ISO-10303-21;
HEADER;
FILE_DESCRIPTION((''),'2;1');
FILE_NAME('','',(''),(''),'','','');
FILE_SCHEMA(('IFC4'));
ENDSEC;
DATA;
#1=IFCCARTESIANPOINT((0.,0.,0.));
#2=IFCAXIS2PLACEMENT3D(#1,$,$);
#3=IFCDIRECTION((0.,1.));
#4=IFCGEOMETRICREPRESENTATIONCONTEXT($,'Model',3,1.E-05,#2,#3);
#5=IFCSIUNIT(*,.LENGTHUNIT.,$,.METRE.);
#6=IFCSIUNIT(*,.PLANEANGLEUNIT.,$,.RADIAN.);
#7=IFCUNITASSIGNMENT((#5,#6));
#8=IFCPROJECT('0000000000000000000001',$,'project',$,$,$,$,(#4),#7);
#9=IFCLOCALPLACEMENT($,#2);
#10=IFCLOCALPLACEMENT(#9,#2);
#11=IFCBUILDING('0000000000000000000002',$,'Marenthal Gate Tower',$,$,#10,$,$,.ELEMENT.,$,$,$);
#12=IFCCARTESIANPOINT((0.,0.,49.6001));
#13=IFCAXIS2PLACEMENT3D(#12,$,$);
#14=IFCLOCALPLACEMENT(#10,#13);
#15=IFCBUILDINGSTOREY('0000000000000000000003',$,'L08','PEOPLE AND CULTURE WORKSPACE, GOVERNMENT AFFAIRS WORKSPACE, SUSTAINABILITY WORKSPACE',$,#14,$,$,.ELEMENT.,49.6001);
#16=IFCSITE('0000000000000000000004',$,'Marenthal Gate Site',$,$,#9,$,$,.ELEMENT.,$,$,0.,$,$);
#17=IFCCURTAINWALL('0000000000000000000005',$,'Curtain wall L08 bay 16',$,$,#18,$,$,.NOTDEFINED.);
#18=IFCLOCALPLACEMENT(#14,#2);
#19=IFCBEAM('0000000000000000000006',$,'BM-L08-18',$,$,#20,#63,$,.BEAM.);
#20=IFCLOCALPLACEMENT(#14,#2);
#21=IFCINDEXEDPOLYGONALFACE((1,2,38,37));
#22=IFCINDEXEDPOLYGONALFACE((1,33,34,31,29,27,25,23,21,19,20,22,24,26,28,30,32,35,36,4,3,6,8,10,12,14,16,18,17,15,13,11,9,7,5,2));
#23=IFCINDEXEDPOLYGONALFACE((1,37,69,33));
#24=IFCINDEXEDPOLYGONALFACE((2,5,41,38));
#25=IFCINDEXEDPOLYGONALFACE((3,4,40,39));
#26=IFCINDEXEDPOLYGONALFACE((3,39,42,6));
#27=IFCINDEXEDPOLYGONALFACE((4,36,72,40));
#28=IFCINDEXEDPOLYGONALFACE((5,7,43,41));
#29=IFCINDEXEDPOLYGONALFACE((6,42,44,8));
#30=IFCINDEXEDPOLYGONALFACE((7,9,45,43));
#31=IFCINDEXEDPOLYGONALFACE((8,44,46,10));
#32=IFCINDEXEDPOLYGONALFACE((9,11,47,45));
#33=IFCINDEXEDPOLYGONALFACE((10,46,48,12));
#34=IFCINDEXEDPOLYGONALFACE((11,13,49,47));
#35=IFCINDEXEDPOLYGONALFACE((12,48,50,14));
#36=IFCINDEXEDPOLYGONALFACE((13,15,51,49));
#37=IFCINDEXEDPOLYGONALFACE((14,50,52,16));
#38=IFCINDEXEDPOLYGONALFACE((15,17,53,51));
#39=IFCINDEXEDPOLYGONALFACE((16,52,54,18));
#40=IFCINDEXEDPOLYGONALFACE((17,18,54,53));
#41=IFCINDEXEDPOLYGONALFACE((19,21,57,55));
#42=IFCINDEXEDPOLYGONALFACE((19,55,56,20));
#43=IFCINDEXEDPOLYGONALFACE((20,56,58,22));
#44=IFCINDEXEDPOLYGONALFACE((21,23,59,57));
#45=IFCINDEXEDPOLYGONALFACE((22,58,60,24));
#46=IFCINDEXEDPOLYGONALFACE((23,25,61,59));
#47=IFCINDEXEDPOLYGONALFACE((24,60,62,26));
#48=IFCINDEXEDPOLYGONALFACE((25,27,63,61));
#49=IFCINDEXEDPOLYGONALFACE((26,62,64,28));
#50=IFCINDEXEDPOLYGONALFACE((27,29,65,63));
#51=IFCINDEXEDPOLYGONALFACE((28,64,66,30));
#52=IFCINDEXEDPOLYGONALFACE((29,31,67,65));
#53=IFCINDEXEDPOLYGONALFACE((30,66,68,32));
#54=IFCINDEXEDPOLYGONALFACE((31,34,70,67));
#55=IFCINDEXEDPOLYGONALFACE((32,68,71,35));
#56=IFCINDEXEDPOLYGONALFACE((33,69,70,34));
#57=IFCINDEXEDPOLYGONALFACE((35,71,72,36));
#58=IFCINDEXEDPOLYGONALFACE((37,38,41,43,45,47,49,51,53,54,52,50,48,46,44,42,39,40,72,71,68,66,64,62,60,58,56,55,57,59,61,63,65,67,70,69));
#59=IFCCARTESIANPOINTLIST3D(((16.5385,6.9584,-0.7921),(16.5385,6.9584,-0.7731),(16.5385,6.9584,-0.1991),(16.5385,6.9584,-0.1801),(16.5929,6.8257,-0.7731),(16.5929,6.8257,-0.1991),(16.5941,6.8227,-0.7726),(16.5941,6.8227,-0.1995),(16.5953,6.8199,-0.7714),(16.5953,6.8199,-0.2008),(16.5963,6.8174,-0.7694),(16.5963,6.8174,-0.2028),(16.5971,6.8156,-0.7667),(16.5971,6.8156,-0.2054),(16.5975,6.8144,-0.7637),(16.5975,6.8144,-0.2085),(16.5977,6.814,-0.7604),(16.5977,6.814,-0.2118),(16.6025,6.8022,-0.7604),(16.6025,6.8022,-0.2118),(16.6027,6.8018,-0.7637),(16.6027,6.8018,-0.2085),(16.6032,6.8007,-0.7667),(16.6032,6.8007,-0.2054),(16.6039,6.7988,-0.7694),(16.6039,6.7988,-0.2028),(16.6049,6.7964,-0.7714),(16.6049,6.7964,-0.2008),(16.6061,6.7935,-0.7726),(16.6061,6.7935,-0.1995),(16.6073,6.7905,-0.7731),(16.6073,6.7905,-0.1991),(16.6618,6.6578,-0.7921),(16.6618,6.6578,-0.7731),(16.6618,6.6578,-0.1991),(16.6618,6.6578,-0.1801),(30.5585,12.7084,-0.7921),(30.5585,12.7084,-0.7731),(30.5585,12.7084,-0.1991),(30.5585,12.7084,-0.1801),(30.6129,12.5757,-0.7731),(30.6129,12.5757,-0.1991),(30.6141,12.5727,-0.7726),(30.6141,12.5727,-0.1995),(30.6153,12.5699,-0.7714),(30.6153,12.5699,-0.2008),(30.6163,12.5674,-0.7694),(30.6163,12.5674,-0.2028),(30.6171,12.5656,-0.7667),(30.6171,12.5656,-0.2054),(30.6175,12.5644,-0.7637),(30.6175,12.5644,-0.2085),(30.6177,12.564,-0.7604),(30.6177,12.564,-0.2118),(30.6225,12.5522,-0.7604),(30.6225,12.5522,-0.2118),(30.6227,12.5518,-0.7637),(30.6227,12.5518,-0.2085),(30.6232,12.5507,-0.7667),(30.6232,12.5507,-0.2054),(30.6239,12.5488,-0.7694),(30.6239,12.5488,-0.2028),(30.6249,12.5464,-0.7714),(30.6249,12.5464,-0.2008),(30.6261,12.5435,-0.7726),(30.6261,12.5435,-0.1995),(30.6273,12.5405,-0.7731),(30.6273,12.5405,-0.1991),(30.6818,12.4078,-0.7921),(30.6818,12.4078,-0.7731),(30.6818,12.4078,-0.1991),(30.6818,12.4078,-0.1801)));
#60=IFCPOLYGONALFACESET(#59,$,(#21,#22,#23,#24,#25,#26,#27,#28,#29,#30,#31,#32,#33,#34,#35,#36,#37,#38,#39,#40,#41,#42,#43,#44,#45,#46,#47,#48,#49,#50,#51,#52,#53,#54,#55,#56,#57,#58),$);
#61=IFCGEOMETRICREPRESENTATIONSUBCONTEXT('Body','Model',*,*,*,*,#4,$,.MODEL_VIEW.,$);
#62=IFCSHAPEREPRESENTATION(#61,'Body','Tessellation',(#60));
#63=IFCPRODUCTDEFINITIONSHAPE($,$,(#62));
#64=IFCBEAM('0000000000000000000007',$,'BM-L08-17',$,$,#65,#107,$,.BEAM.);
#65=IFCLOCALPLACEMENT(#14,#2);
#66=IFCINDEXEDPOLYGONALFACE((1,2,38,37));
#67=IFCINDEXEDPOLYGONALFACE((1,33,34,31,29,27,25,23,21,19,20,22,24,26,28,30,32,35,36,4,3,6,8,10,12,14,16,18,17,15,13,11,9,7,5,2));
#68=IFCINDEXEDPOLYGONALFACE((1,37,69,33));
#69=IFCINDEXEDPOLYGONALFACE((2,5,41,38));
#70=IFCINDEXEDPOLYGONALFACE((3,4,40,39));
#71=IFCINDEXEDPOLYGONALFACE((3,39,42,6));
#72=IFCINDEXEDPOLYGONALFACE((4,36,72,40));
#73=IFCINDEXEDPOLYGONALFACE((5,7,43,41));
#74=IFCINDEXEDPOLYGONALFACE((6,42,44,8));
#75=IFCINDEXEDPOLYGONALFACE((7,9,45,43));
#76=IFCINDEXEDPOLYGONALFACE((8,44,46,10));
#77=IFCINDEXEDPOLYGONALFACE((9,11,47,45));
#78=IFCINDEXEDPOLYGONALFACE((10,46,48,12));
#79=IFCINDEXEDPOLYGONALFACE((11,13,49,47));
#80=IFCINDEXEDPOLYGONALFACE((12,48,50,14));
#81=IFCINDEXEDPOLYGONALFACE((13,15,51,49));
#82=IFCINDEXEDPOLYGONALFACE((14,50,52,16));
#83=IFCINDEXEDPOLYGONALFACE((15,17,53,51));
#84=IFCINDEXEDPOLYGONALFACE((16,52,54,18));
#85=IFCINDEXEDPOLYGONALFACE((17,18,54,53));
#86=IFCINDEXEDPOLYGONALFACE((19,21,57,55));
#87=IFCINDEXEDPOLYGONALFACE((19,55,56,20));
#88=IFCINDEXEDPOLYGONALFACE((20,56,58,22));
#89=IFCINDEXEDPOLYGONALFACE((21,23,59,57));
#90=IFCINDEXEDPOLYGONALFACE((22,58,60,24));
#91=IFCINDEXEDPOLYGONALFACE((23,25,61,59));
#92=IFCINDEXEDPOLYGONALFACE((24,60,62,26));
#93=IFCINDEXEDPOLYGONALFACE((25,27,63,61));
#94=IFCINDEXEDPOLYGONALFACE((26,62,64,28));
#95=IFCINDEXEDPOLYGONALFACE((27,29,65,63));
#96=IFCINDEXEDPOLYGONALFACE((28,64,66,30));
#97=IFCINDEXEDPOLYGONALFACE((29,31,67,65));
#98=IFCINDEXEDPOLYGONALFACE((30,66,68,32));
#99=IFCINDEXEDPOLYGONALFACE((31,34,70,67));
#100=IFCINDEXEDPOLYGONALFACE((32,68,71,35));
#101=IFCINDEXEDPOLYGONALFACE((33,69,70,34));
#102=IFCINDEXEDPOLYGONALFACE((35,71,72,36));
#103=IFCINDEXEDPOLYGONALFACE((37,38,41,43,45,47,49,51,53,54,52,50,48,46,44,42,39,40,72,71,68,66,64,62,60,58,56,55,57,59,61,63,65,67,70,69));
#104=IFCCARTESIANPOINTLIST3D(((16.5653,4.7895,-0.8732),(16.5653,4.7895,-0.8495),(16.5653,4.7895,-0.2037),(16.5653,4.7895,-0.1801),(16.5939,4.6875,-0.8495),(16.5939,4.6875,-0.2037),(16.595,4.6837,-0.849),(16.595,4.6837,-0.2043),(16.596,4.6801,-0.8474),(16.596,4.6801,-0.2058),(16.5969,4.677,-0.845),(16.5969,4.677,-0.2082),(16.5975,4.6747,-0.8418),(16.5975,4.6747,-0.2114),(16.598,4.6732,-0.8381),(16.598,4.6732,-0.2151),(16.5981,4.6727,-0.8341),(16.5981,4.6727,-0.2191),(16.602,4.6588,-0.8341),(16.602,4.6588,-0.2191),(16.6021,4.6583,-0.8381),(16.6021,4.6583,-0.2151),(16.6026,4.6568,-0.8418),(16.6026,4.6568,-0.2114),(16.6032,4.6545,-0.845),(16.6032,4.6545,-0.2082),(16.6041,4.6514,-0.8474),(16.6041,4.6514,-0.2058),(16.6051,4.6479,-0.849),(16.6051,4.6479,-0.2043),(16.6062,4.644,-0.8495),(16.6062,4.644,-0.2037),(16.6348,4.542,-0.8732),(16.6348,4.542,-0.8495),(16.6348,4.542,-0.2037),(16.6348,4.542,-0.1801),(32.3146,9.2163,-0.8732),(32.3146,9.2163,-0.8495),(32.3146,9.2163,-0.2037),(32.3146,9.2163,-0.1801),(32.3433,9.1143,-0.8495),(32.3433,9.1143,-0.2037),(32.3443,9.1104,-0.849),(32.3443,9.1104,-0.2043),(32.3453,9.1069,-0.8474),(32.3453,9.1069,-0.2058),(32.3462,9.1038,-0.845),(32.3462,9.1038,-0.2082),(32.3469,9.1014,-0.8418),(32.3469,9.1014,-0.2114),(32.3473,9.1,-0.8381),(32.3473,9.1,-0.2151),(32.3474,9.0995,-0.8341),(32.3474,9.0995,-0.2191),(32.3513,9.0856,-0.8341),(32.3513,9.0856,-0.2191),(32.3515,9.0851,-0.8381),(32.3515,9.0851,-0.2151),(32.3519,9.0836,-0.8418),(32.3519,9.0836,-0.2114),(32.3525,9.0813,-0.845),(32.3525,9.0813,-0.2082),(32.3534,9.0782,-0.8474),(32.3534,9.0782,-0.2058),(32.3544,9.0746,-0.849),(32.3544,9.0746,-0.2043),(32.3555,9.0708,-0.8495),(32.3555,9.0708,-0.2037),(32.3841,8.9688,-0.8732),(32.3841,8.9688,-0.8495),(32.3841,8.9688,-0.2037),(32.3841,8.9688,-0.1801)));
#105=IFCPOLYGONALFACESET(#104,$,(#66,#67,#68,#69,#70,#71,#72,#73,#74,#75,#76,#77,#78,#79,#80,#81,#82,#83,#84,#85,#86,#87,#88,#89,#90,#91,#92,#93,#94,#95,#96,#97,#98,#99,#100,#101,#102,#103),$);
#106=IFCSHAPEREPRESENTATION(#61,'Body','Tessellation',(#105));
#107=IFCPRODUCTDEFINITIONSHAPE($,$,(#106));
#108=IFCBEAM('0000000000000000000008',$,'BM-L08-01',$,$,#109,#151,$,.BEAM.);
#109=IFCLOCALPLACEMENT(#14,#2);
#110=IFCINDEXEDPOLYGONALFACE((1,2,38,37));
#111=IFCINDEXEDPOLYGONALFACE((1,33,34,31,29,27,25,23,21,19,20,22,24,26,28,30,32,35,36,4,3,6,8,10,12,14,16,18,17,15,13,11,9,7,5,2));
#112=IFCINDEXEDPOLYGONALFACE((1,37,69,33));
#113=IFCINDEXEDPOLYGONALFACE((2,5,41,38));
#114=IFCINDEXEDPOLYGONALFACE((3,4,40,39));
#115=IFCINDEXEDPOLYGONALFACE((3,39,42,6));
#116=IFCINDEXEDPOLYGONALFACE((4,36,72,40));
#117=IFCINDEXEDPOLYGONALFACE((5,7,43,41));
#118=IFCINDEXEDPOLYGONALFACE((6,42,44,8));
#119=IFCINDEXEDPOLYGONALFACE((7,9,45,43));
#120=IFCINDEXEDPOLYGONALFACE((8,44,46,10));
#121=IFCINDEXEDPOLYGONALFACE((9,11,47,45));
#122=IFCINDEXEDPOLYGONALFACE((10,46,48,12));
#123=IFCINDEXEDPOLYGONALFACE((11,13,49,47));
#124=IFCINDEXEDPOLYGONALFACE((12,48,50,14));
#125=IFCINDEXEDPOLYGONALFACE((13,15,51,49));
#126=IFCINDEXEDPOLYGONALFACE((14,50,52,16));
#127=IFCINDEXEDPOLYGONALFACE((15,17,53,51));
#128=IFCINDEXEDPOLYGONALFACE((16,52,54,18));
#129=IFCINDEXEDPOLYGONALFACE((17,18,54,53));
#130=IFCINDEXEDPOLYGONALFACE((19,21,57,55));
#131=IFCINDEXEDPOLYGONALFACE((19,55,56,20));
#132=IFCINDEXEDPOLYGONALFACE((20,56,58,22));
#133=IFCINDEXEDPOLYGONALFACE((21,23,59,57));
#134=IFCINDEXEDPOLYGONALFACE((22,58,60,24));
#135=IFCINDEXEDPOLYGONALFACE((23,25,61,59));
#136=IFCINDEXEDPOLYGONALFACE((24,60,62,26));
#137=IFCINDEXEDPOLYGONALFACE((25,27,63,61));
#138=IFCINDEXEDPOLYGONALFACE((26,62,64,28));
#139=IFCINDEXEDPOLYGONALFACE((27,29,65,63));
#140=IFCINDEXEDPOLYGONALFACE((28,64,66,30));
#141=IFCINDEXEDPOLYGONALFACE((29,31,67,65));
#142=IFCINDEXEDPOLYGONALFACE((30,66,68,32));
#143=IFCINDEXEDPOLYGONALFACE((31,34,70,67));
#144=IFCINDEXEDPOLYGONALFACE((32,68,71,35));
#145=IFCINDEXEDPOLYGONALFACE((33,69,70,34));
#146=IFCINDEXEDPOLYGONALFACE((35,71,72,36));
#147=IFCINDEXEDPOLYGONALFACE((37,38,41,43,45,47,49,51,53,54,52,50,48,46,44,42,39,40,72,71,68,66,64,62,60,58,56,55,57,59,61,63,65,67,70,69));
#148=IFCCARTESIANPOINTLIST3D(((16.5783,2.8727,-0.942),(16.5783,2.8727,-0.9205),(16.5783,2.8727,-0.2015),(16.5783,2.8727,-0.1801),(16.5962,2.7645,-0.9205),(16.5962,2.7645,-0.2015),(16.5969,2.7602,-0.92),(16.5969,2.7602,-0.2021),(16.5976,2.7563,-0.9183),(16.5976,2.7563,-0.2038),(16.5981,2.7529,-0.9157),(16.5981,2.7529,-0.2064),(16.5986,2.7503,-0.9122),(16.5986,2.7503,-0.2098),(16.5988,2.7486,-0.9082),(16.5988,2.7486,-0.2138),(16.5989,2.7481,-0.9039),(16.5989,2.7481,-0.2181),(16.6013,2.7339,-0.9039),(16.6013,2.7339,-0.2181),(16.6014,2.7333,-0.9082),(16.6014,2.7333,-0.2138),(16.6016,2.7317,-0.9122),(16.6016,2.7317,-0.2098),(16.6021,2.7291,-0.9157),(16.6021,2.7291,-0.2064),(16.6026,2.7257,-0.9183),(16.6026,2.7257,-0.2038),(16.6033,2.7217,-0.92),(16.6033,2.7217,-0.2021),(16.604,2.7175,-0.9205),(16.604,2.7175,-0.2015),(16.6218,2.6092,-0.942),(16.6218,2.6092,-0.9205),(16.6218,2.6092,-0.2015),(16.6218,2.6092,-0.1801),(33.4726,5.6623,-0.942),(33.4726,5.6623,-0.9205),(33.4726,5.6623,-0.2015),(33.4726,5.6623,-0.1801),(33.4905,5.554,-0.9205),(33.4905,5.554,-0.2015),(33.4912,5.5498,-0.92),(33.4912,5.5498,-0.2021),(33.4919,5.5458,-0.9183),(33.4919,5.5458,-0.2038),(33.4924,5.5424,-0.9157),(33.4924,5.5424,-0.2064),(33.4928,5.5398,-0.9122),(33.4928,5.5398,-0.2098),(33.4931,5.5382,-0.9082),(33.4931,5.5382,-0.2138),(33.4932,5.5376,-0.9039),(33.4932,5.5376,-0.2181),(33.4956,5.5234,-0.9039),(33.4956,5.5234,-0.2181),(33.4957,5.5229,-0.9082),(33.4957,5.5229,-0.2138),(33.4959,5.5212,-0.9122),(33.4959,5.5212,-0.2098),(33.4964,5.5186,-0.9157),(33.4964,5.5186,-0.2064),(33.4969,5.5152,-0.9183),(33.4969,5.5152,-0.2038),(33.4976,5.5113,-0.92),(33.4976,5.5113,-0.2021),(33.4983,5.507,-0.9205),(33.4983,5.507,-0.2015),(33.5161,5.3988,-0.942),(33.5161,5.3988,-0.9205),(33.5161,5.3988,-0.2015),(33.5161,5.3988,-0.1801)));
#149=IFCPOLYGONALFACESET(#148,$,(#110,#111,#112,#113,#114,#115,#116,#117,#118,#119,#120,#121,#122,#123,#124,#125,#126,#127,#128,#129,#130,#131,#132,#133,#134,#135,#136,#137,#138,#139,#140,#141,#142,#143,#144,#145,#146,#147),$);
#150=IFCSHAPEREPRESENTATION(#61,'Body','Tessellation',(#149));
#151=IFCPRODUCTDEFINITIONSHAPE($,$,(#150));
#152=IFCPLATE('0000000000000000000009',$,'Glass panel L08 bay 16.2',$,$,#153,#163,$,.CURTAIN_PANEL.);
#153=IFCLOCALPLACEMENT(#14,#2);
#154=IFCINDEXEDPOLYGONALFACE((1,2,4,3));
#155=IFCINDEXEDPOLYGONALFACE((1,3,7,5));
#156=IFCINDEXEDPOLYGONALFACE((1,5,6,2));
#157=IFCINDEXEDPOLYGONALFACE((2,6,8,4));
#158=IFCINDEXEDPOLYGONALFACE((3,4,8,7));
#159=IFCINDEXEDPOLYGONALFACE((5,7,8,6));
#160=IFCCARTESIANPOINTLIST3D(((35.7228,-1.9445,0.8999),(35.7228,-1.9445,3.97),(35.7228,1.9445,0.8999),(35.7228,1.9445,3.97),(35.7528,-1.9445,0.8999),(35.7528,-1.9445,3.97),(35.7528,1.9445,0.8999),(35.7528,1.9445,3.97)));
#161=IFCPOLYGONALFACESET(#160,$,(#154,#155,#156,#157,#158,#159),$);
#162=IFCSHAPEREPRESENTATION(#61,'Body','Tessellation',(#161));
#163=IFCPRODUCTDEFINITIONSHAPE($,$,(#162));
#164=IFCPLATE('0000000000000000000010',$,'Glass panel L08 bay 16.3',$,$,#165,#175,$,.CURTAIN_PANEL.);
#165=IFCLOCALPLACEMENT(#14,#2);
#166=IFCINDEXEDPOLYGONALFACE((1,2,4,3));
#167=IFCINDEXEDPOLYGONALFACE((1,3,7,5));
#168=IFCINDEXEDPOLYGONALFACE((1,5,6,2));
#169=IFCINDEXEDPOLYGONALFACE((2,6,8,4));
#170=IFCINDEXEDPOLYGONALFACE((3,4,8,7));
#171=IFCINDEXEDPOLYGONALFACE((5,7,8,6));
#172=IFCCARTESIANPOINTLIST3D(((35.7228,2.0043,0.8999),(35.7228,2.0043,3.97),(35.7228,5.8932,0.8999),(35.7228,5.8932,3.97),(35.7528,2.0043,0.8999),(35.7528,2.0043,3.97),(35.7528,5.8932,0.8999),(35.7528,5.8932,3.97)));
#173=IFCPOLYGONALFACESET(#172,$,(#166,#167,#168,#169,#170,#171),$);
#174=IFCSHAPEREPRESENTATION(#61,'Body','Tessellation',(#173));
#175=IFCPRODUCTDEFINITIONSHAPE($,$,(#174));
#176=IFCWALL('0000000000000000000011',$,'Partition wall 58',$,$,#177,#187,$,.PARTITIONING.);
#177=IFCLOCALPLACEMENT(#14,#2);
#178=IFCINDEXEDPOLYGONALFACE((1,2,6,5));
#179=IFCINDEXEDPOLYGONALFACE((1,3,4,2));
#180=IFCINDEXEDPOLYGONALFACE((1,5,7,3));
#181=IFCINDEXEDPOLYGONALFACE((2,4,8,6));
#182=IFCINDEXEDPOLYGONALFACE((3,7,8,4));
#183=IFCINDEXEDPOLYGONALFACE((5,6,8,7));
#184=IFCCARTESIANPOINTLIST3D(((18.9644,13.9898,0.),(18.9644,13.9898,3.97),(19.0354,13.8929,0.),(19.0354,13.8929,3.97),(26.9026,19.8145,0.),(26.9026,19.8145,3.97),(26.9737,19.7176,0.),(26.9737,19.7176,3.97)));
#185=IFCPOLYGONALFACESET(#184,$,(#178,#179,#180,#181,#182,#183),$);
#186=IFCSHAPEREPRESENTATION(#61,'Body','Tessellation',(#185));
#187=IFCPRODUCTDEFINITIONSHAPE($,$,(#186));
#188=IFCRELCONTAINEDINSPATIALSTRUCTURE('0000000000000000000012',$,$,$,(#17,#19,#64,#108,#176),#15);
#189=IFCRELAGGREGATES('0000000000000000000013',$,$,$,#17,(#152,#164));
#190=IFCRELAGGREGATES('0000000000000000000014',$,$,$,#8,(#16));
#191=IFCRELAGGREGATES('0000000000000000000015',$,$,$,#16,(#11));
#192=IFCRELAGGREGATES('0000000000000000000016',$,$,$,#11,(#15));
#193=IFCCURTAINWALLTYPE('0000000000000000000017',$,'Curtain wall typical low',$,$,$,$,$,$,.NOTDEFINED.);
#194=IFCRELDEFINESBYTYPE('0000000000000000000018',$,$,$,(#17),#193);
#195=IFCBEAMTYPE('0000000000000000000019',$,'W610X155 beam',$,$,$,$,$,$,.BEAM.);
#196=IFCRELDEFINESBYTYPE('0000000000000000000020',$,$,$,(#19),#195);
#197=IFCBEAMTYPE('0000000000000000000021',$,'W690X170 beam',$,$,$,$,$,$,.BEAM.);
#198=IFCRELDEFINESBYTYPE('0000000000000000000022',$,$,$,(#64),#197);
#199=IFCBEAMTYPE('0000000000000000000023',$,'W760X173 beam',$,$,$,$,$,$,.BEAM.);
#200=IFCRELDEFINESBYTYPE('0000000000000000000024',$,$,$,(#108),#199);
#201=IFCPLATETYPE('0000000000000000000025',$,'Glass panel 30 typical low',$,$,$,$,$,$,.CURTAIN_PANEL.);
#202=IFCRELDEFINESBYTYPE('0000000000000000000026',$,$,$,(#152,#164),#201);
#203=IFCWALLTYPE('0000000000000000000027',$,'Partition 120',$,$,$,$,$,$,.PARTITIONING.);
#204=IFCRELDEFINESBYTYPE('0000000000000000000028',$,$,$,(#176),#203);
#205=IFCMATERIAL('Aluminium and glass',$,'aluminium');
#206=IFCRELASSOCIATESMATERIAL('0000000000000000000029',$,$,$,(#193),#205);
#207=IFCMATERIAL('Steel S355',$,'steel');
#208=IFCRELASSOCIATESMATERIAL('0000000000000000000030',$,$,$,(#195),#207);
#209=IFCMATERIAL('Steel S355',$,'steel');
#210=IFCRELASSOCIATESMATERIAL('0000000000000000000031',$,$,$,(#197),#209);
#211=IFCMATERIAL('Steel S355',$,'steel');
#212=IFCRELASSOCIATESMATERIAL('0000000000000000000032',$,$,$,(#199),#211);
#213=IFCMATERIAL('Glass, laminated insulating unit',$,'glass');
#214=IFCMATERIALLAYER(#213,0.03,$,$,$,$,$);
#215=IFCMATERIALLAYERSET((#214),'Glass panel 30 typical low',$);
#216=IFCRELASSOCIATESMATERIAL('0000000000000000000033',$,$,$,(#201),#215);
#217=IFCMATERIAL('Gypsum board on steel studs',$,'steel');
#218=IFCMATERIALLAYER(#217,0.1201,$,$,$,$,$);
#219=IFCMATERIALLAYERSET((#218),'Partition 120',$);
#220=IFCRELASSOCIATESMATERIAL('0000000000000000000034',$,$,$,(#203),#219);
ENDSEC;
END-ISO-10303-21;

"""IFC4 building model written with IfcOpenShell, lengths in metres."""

from ifc_helpers import new_model, si_unit, direction, frame, frame_2d, origin, origin_2d, place, context, subcontext, project, spatial, rectangle, i_section, extrude, material, layer, layer_set, material_profile, profile_set, type_object, element, aggregate, save


model = new_model("IFC4")

# Units and contexts
model_context = context("Model", 3, precision=1e-05, world=origin(), true_north=direction((0.0, 1.0)))
body_context = subcontext(model_context, "Body", "Model", "MODEL_VIEW")
ifc_project = project(units=[si_unit("LENGTHUNIT", "METRE"), si_unit("PLANEANGLEUNIT", "RADIAN")], contexts=[model_context])

# Site, building, storey
site_placement = place(None, origin())
site = spatial("IfcSite", under=ifc_project, at=site_placement, Name="Marenthal Gate Site", CompositionType="ELEMENT", RefElevation=0.0)
building_placement = place(site_placement, origin())
building = spatial("IfcBuilding", under=site, at=building_placement, Name="Marenthal Gate Tower", CompositionType="ELEMENT")
storey_placement = place(building_placement, frame((0.0, 0.0, 49.6001)))
storey = spatial("IfcBuildingStorey", under=building, at=storey_placement, Name="L08", Description="PEOPLE AND CULTURE WORKSPACE, GOVERNMENT AFFAIRS WORKSPACE, SUSTAINABILITY WORKSPACE", CompositionType="ELEMENT", Elevation=49.6001)

# Curtain wall
ifc_material_1 = material(Name="Aluminium and glass", Category="aluminium")
curtain_wall_type = type_object("IfcCurtainWallType", Name="Curtain wall typical low", PredefinedType="NOTDEFINED", material=ifc_material_1)
curtain_wall_placement = place(storey_placement, origin())
curtain_wall = element("IfcCurtainWall", 1, at=curtain_wall_placement, inside=storey, type_object=curtain_wall_type, Name="Curtain wall L08 bay 16", PredefinedType="NOTDEFINED")

# Beams
ifc_material_2 = material(Name="Steel S355", Category="steel")
ifc_material_profile_1 = material_profile(ifc_material_2, i_section(OverallWidth=0.325, OverallDepth=0.6121, WebThickness=0.0127, FlangeThickness=0.019, FilletRadius=0.0127, at=origin_2d()), Name="W610X155")
ifc_profile_set_1 = profile_set([ifc_material_profile_1], Name="Steel S355")
beam_type_1 = type_object("IfcBeamType", Name="W610X155 beam", PredefinedType="BEAM", material=ifc_profile_set_1)
beam_1_placement = place(storey_placement, frame((30.6201, 12.5581, -0.4861), z_axis=(-0.92521, -0.379455, 0.0), x_axis=(0.379455, -0.92521, 0.0)))
element("IfcBeam", 2, at=beam_1_placement, inside=storey, type_object=beam_type_1, Name="BM-L08-18", PredefinedType="BEAM", context=body_context, shape_type="SweptSolid", body=[
    extrude(i_section(OverallWidth=0.325, OverallDepth=0.6121, WebThickness=0.0127, FlangeThickness=0.019, FilletRadius=0.0127, at=origin_2d()), origin(), (0.0, 0.0, 1.0), 15.1533),
])
ifc_material_3 = material(Name="Steel S355", Category="steel")
ifc_material_profile_2 = material_profile(ifc_material_3, i_section(OverallWidth=0.2571, OverallDepth=0.6931, WebThickness=0.0144, FlangeThickness=0.0237, FilletRadius=0.0154, at=origin_2d()), Name="W690X170")
ifc_profile_set_2 = profile_set([ifc_material_profile_2], Name="Steel S355")
beam_type_2 = type_object("IfcBeamType", Name="W690X170 beam", PredefinedType="BEAM", material=ifc_profile_set_2)
beam_2_placement = place(storey_placement, frame((32.3494, 9.0925, -0.5266), z_axis=(-0.962694, -0.270591, 0.0), x_axis=(0.270591, -0.962694, 0.0)))
element("IfcBeam", 3, at=beam_2_placement, inside=storey, type_object=beam_type_2, Name="BM-L08-17", PredefinedType="BEAM", context=body_context, shape_type="SweptSolid", body=[
    extrude(i_section(OverallWidth=0.2571, OverallDepth=0.6931, WebThickness=0.0144, FlangeThickness=0.0237, FilletRadius=0.0154, at=origin_2d()), origin(), (0.0, 0.0, 1.0), 16.3596),
])
ifc_material_4 = material(Name="Steel S355", Category="steel")
ifc_material_profile_3 = material_profile(ifc_material_4, i_section(OverallWidth=0.2671, OverallDepth=0.762, WebThickness=0.0144, FlangeThickness=0.0215, FilletRadius=0.0166, at=origin_2d()), Name="W760X173")
ifc_profile_set_3 = profile_set([ifc_material_profile_3], Name="Steel S355")
beam_type_3 = type_object("IfcBeamType", Name="W760X173 beam", PredefinedType="BEAM", material=ifc_profile_set_3)
beam_3_placement = place(storey_placement, frame((33.4944, 5.5305, -0.561), z_axis=(-0.986641, -0.162912, 0.0), x_axis=(0.162912, -0.986641, 0.0)))
element("IfcBeam", 4, at=beam_3_placement, inside=storey, type_object=beam_type_3, Name="BM-L08-01", PredefinedType="BEAM", context=body_context, shape_type="SweptSolid", body=[
    extrude(i_section(OverallWidth=0.2671, OverallDepth=0.762, WebThickness=0.0144, FlangeThickness=0.0215, FilletRadius=0.0166, at=origin_2d()), origin(), (0.0, 0.0, 1.0), 17.123),
])

# Plates
ifc_material_5 = material(Name="Glass, laminated insulating unit", Category="glass")
ifc_layer_1 = layer(ifc_material_5, 0.03)
ifc_layer_set_1 = layer_set([ifc_layer_1], Name="Glass panel 30 typical low")
plate_type = type_object("IfcPlateType", Name="Glass panel 30 typical low", PredefinedType="CURTAIN_PANEL", material=ifc_layer_set_1)
plate_1_placement = place(storey_placement, frame((35.7378, 0.0, 0.8999), z_axis=(0.0, 0.0, 1.0), x_axis=(0.0, 1.0, 0.0)))
plate_1 = element("IfcPlate", 5, at=plate_1_placement, type_object=plate_type, Name="Glass panel L08 bay 16.2", PredefinedType="CURTAIN_PANEL", context=body_context, shape_type="SweptSolid", body=[
    extrude(rectangle(XDim=3.8889, YDim=0.03, at=origin_2d()), origin(), (0.0, 0.0, 1.0), 3.0701),
])
plate_2_placement = place(storey_placement, frame((35.7378, 3.9487, 0.8999), z_axis=(0.0, 0.0, 1.0), x_axis=(0.0, 1.0, 0.0)))
plate_2 = element("IfcPlate", 6, at=plate_2_placement, type_object=plate_type, Name="Glass panel L08 bay 16.3", PredefinedType="CURTAIN_PANEL", context=body_context, shape_type="SweptSolid", body=[
    extrude(rectangle(XDim=3.8889, YDim=0.03, at=origin_2d()), origin(), (0.0, 0.0, 1.0), 3.0701),
])
aggregate(curtain_wall, [plate_1, plate_2])

# Wall
ifc_material_6 = material(Name="Gypsum board on steel studs", Category="steel")
ifc_layer_2 = layer(ifc_material_6, 0.1201)
ifc_layer_set_2 = layer_set([ifc_layer_2], Name="Partition 120")
wall_type_1 = type_object("IfcWallType", Name="Partition 120", PredefinedType="PARTITIONING", material=ifc_layer_set_2)
wall_1_placement = place(storey_placement, frame((19.0, 13.9414, 0.0), z_axis=(0.0, 0.0, 1.0), x_axis=(0.806243, 0.591584, 0.0)))
element("IfcWall", 7, at=wall_1_placement, inside=storey, type_object=wall_type_1, Name="Partition wall 58", PredefinedType="PARTITIONING", context=body_context, shape_type="SweptSolid", body=[
    extrude(rectangle(XDim=9.8459, YDim=0.1201, at=frame_2d((4.9229, 0.0))), origin(), (0.0, 0.0, 1.0), 3.97),
])

save(model, "model.ifc")
